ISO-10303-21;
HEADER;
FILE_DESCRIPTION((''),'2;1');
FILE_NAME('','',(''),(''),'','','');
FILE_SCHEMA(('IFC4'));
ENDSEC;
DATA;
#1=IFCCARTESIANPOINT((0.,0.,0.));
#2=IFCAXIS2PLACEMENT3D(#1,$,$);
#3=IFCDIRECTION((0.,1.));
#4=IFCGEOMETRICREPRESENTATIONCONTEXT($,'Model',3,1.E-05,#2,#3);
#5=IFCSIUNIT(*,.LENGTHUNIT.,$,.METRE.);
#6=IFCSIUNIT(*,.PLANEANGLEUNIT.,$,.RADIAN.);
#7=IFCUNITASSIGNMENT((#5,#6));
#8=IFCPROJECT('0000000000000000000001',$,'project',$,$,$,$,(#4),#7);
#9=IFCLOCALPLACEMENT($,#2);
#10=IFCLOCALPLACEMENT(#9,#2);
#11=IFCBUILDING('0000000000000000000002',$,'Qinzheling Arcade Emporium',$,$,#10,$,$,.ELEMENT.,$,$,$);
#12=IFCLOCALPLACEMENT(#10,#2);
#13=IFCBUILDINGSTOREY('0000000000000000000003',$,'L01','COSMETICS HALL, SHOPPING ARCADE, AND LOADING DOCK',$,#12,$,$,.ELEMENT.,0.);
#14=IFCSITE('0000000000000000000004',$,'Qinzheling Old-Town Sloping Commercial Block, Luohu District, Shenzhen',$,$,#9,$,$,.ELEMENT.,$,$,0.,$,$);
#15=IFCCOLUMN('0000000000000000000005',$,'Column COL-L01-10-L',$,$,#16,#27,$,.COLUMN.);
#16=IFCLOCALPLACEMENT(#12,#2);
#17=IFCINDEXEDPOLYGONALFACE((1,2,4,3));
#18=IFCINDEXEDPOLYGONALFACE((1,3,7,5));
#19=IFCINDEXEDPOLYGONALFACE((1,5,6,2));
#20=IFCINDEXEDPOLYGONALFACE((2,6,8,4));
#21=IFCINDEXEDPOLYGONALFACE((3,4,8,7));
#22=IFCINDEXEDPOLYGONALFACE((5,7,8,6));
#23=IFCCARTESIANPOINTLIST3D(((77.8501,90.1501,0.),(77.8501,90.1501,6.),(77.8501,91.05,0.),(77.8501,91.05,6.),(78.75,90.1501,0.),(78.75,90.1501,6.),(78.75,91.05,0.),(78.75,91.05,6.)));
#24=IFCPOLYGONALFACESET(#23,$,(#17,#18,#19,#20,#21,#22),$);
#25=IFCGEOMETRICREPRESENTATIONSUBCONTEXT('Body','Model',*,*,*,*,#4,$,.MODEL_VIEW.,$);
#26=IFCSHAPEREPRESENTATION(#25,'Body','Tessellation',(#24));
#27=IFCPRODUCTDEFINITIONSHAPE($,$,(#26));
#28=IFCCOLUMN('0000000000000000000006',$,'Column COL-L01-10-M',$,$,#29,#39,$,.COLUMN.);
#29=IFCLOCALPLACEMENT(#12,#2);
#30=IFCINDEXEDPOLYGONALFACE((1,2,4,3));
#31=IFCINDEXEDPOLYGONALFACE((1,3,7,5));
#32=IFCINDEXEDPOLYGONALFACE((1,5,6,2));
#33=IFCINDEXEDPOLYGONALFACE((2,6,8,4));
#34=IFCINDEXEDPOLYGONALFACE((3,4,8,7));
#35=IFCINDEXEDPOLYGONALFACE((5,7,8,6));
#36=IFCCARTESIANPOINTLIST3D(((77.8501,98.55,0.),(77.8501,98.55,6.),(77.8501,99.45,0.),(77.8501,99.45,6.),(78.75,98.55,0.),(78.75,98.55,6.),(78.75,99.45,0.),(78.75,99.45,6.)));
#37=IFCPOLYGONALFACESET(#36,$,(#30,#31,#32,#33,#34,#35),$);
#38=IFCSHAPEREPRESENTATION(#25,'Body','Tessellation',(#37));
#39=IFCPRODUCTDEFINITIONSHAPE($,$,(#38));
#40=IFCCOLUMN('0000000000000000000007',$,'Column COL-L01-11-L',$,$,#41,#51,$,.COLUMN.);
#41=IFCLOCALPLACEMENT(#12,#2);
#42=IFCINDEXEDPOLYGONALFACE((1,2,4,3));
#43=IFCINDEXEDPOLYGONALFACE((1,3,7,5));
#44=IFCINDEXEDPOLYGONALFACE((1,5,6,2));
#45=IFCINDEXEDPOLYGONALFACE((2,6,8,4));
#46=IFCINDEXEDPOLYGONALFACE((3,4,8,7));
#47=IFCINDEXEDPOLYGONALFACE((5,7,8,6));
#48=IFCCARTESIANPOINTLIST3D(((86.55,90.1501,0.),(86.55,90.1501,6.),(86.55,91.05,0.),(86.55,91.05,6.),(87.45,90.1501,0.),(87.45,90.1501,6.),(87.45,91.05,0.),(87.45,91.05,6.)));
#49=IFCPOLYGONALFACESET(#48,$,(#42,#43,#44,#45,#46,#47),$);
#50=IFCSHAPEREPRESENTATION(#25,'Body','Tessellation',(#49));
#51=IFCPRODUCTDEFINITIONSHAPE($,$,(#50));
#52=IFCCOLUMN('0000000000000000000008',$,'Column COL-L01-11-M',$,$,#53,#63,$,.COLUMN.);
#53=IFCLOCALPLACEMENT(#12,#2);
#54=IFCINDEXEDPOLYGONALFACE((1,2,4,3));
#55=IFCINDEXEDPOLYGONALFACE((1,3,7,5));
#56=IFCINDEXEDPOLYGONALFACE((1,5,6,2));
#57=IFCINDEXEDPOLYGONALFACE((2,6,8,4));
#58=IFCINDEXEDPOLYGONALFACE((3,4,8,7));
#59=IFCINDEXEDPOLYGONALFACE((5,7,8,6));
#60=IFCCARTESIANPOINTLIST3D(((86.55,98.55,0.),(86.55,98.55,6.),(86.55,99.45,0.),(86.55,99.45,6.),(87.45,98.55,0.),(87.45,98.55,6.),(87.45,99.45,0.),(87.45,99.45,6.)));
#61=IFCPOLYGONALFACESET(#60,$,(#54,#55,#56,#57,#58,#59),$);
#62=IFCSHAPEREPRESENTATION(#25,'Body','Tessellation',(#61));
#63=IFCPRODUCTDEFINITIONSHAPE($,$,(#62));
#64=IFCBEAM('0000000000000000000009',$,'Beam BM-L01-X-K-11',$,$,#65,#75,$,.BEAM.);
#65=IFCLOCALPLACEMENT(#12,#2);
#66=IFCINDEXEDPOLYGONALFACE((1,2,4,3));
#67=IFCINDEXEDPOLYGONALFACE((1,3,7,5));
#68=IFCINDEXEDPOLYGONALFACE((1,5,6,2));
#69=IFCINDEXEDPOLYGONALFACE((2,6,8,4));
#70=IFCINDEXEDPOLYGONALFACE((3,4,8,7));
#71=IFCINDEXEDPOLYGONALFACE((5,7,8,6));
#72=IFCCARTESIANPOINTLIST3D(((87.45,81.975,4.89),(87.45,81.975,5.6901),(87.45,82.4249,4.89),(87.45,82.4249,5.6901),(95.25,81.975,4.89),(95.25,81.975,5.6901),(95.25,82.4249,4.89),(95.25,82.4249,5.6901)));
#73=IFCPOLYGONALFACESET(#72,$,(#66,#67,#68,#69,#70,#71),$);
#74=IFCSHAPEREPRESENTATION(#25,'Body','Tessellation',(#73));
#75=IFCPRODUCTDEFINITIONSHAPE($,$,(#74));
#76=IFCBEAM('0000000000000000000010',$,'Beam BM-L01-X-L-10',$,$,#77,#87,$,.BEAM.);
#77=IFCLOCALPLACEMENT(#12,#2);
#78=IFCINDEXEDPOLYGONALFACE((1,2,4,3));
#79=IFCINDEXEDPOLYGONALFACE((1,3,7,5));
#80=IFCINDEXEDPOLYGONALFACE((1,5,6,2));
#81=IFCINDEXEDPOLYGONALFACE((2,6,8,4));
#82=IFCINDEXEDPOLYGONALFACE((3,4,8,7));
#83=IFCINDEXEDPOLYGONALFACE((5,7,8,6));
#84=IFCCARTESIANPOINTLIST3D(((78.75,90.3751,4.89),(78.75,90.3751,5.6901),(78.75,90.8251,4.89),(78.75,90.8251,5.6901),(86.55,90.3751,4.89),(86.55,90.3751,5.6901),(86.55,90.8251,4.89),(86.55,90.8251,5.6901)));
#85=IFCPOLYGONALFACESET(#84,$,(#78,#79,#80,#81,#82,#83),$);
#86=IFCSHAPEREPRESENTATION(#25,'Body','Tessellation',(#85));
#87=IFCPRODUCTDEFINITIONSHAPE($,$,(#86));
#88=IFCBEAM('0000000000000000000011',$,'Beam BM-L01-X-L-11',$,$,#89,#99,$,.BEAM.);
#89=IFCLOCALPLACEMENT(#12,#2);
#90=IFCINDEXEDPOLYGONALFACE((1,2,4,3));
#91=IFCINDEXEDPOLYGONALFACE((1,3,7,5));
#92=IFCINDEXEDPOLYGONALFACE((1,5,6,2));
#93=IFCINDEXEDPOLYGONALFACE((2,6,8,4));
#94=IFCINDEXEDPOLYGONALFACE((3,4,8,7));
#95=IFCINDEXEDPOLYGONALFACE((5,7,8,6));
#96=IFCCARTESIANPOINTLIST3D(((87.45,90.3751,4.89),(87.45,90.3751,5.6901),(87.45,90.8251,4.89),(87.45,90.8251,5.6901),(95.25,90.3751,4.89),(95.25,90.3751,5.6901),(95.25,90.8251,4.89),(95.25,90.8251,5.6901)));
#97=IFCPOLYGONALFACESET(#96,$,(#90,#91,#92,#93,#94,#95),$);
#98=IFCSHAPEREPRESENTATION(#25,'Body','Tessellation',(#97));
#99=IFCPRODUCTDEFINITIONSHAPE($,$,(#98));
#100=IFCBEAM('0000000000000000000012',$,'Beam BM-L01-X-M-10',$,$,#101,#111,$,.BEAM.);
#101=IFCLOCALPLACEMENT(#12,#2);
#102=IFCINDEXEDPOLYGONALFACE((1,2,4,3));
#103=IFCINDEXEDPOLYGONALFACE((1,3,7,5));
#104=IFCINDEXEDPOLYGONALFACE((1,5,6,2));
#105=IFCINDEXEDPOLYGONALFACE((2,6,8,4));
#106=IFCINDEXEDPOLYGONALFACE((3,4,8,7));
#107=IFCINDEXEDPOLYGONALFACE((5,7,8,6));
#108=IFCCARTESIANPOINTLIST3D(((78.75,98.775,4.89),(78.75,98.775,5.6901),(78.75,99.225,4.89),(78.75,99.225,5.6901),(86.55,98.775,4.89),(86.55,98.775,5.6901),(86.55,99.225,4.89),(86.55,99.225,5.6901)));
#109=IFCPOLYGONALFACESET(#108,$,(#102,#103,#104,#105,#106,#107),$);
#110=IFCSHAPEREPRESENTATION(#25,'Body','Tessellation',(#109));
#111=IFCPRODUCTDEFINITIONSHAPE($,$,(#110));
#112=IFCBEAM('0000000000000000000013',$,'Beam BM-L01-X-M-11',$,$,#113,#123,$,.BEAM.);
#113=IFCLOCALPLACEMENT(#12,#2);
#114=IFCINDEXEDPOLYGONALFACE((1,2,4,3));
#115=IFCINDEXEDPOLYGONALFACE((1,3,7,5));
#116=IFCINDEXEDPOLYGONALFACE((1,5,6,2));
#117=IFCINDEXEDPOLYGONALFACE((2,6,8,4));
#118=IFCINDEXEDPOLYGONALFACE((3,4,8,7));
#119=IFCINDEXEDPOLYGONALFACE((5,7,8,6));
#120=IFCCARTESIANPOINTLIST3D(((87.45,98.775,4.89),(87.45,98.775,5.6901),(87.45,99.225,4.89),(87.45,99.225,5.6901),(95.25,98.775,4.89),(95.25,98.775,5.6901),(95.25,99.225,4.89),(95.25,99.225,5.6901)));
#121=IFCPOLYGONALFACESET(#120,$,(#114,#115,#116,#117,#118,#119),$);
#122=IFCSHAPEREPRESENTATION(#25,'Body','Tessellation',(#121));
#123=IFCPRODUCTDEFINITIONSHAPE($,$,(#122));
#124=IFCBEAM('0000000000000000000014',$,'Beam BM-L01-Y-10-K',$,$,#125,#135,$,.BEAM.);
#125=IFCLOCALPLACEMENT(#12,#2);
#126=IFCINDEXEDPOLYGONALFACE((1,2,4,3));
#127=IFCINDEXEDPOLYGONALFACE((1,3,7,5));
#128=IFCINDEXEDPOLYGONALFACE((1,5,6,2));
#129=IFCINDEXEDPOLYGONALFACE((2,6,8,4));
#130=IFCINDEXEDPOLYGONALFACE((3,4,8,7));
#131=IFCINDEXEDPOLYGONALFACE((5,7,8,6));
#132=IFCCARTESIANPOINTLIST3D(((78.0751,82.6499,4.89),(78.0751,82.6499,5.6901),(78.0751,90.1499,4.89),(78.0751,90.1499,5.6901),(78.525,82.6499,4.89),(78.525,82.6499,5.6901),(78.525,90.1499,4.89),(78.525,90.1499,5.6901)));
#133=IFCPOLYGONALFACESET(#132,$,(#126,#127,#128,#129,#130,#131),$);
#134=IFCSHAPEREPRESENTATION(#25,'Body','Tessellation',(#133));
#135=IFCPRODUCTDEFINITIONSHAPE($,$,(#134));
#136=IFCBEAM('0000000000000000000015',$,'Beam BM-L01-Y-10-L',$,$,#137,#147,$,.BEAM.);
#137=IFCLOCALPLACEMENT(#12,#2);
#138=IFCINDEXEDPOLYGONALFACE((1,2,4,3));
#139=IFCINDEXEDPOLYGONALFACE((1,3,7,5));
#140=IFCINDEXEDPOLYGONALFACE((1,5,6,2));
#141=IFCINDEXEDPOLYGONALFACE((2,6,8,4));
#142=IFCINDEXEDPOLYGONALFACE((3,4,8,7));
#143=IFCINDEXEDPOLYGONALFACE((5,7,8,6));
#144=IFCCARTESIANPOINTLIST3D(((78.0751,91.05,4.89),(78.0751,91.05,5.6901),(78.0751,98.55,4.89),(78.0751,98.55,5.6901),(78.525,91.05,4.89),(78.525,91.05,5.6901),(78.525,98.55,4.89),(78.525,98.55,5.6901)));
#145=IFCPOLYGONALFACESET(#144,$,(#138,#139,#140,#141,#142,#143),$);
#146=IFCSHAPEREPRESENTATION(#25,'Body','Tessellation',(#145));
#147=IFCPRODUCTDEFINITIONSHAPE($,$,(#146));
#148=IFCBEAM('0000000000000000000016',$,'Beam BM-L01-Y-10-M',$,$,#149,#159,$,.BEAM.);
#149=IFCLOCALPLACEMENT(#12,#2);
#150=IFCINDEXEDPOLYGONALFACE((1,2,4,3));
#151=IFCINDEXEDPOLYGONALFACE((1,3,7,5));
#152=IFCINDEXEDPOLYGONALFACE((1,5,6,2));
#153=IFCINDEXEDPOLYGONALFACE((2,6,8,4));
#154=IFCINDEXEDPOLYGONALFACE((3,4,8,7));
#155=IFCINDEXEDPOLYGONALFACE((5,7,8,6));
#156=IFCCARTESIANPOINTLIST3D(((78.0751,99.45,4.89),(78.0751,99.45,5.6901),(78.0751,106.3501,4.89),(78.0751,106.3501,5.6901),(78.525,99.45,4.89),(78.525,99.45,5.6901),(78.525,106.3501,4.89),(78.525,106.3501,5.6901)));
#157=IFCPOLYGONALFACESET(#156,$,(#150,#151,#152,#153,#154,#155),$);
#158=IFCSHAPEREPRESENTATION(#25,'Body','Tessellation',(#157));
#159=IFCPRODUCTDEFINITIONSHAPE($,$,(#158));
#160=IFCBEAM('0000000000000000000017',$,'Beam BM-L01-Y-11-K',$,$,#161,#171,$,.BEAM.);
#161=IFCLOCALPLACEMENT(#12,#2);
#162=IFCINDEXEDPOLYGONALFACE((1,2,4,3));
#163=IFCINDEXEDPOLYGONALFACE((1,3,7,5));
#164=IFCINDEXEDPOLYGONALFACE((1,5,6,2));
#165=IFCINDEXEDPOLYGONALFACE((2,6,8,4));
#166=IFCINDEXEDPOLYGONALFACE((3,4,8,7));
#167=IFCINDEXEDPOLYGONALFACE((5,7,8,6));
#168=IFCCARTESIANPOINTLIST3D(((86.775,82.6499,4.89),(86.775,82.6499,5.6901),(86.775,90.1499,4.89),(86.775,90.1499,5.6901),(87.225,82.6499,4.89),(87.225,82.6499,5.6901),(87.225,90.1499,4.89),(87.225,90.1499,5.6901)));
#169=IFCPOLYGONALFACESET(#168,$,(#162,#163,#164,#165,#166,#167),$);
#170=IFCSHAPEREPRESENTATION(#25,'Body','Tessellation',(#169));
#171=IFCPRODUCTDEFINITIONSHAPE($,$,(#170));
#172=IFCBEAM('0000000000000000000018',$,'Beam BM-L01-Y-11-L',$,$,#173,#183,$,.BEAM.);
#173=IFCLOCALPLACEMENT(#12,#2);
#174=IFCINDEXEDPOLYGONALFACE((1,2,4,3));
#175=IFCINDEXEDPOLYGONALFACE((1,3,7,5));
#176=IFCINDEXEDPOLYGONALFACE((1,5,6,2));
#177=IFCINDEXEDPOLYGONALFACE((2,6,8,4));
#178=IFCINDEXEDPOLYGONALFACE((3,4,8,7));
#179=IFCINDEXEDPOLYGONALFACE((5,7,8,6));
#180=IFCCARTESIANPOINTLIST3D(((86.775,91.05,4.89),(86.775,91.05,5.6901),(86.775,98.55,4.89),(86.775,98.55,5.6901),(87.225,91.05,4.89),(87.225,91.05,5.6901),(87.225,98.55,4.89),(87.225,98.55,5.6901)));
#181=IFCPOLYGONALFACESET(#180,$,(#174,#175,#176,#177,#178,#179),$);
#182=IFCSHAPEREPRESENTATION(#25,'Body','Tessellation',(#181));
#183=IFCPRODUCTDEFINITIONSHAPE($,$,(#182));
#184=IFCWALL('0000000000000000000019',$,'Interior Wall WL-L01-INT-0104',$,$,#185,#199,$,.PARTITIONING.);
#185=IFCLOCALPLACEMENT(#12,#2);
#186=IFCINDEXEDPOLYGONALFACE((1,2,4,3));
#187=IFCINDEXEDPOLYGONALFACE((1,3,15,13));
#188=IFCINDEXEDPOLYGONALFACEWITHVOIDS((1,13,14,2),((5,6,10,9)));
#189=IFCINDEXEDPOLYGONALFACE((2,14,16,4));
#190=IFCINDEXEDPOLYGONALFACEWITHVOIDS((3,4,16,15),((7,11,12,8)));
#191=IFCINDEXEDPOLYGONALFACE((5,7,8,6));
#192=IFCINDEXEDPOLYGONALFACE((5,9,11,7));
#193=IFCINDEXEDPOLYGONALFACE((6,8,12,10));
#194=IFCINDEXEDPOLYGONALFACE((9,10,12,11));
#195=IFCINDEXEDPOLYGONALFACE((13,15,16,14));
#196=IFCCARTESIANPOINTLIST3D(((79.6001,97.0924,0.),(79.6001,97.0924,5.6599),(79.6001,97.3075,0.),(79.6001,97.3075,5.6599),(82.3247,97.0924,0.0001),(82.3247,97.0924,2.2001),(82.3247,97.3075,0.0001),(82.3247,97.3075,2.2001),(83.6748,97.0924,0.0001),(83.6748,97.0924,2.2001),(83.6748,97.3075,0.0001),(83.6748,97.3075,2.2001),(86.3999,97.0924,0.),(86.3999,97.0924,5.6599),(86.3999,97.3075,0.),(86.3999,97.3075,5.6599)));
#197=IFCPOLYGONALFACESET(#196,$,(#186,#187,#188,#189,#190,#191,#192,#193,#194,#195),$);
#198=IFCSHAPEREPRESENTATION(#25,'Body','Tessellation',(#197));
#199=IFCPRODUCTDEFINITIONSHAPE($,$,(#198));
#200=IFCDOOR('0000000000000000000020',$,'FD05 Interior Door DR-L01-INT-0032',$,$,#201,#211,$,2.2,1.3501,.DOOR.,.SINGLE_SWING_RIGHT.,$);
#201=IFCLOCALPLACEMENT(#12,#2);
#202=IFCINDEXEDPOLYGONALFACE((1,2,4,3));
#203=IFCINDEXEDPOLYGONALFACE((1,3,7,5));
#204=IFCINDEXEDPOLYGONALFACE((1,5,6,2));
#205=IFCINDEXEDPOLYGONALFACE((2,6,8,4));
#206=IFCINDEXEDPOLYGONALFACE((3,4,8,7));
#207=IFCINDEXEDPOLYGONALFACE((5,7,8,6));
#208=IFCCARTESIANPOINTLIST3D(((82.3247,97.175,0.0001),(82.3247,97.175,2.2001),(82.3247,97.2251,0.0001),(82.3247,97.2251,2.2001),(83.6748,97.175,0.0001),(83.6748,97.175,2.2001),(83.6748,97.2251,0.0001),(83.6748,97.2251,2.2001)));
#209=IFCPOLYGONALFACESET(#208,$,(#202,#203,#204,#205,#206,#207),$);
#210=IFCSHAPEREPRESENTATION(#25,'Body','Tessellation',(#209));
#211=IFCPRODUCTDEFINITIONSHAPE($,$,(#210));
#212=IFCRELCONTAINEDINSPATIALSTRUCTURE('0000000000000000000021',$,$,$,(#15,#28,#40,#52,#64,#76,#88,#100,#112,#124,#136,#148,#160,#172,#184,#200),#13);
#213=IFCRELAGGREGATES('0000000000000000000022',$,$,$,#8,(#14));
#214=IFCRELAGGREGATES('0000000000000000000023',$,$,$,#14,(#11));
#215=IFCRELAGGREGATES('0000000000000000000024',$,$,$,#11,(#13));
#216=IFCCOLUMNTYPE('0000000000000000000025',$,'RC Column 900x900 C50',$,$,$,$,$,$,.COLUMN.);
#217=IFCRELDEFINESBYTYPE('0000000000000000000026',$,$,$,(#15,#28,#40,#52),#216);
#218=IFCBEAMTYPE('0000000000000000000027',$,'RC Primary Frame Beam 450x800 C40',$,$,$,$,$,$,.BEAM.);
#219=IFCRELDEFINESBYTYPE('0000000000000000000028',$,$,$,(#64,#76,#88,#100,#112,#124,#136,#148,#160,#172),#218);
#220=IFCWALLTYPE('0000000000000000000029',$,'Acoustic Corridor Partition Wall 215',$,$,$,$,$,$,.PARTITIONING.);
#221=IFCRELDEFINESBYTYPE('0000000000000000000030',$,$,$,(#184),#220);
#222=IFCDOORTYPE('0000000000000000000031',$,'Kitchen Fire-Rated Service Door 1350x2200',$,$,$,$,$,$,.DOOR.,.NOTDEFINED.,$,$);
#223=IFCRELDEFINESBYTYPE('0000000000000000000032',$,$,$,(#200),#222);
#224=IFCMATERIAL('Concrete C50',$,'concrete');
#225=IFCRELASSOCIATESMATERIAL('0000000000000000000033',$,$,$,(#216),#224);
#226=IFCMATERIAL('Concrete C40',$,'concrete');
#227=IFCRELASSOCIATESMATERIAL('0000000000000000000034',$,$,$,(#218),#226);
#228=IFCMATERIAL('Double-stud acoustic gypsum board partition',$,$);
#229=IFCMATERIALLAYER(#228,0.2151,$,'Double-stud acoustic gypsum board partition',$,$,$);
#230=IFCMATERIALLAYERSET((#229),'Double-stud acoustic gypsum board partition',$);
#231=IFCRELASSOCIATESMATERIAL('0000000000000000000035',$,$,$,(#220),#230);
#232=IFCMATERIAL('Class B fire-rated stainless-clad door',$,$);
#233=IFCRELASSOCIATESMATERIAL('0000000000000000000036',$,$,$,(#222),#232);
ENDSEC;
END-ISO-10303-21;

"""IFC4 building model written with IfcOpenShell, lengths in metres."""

from ifc_helpers import new_model, si_unit, direction, frame, frame_2d, origin, origin_2d, place, context, subcontext, project, spatial, rectangle, extrude, material, layer, layer_set, material_profile, profile_set, type_object, element, fill, save


model = new_model("IFC4")

# Units and contexts
model_context = context("Model", 3, precision=1e-05, world=origin(), true_north=direction((0.0, 1.0)))
body_context = subcontext(model_context, "Body", "Model", "MODEL_VIEW")
ifc_project = project(units=[si_unit("LENGTHUNIT", "METRE"), si_unit("PLANEANGLEUNIT", "RADIAN")], contexts=[model_context])

# Site, building, storey
site_placement = place(None, origin())
site = spatial("IfcSite", under=ifc_project, at=site_placement, Name="Qinzheling Old-Town Sloping Commercial Block, Luohu District, Shenzhen", CompositionType="ELEMENT", RefElevation=0.0)
building_placement = place(site_placement, origin())
building = spatial("IfcBuilding", under=site, at=building_placement, Name="Qinzheling Arcade Emporium", CompositionType="ELEMENT")
storey_placement = place(building_placement, origin())
storey = spatial("IfcBuildingStorey", under=building, at=storey_placement, Name="L01", Description="COSMETICS HALL, SHOPPING ARCADE, AND LOADING DOCK", CompositionType="ELEMENT", Elevation=0.0)

# Columns
ifc_material_1 = material(Name="Concrete C50", Category="concrete")
ifc_material_profile_1 = material_profile(ifc_material_1, rectangle(XDim=0.8999, YDim=0.8999, at=origin_2d()), Name="RC 900x900", Category="concrete")
ifc_profile_set_1 = profile_set([ifc_material_profile_1], Name="Concrete C50")
column_type = type_object("IfcColumnType", Name="RC Column 900x900 C50", PredefinedType="COLUMN", material=ifc_profile_set_1)
for number, where, z_axis, x_axis, name in (
    (1, (78.3, 90.6001, 0.0), (0.0, 0.0, 1.0), (1.0, 0.0, 0.0), "Column COL-L01-10-L"),
    (2, (78.3, 99.0, 0.0), (0.0, 0.0, 1.0), (1.0, 0.0, 0.0), "Column COL-L01-10-M"),
    (3, (87.0, 90.6001, 0.0), (0.0, 0.0, 1.0), (1.0, 0.0, 0.0), "Column COL-L01-11-L"),
    (4, (87.0, 99.0, 0.0), (0.0, 0.0, 1.0), (1.0, 0.0, 0.0), "Column COL-L01-11-M"),
):
    element("IfcColumn", number, at=place(storey_placement, frame(where, z_axis=z_axis, x_axis=x_axis)), inside=storey, type_object=column_type, Name=name, PredefinedType="COLUMN", context=body_context, shape_type="SweptSolid", body=[
        extrude(rectangle(XDim=0.8999, YDim=0.8999, at=origin_2d()), origin(), (0.0, 0.0, 1.0), 6.0),
    ])

# Beams
ifc_material_2 = material(Name="Concrete C40", Category="concrete")
ifc_material_profile_2 = material_profile(ifc_material_2, rectangle(XDim=0.45, YDim=0.8, at=origin_2d()), Name="RC 450x800", Category="concrete")
ifc_profile_set_2 = profile_set([ifc_material_profile_2], Name="Concrete C40")
beam_type = type_object("IfcBeamType", Name="RC Primary Frame Beam 450x800 C40", PredefinedType="BEAM", material=ifc_profile_set_2)
for number, where, z_axis, x_axis, name in (
    (5, (87.45, 82.2, 5.29), (1.0, 0.0, 0.0), (0.0, 1.0, 0.0), "Beam BM-L01-X-K-11"),
    (6, (78.75, 90.6001, 5.29), (1.0, 0.0, 0.0), (0.0, 1.0, 0.0), "Beam BM-L01-X-L-10"),
    (7, (87.45, 90.6001, 5.29), (1.0, 0.0, 0.0), (0.0, 1.0, 0.0), "Beam BM-L01-X-L-11"),
    (8, (78.75, 99.0, 5.29), (1.0, 0.0, 0.0), (0.0, 1.0, 0.0), "Beam BM-L01-X-M-10"),
    (9, (87.45, 99.0, 5.29), (1.0, 0.0, 0.0), (0.0, 1.0, 0.0), "Beam BM-L01-X-M-11"),
):
    element("IfcBeam", number, at=place(storey_placement, frame(where, z_axis=z_axis, x_axis=x_axis)), inside=storey, type_object=beam_type, Name=name, PredefinedType="BEAM", context=body_context, shape_type="SweptSolid", body=[
        extrude(rectangle(XDim=0.45, YDim=0.8, at=origin_2d()), origin(), (0.0, 0.0, 1.0), 7.8),
    ])
for number, where, z_axis, x_axis, name in (
    (10, (78.3, 82.6499, 5.29), (0.0, 1.0, 0.0), (-1.0, 0.0, 0.0), "Beam BM-L01-Y-10-K"),
    (11, (78.3, 91.05, 5.29), (0.0, 1.0, 0.0), (-1.0, 0.0, 0.0), "Beam BM-L01-Y-10-L"),
):
    element("IfcBeam", number, at=place(storey_placement, frame(where, z_axis=z_axis, x_axis=x_axis)), inside=storey, type_object=beam_type, Name=name, PredefinedType="BEAM", context=body_context, shape_type="SweptSolid", body=[
        extrude(rectangle(XDim=0.45, YDim=0.8, at=origin_2d()), origin(), (0.0, 0.0, 1.0), 7.5),
    ])
beam_placement = place(storey_placement, frame((78.3, 99.45, 5.29), z_axis=(0.0, 1.0, 0.0), x_axis=(-1.0, 0.0, 0.0)))
element("IfcBeam", 12, at=beam_placement, inside=storey, type_object=beam_type, Name="Beam BM-L01-Y-10-M", PredefinedType="BEAM", context=body_context, shape_type="SweptSolid", body=[
    extrude(rectangle(XDim=0.45, YDim=0.8, at=origin_2d()), origin(), (0.0, 0.0, 1.0), 6.9001),
])
for number, where, z_axis, x_axis, name in (
    (13, (87.0, 82.6499, 5.29), (0.0, 1.0, 0.0), (-1.0, 0.0, 0.0), "Beam BM-L01-Y-11-K"),
    (14, (87.0, 91.05, 5.29), (0.0, 1.0, 0.0), (-1.0, 0.0, 0.0), "Beam BM-L01-Y-11-L"),
):
    element("IfcBeam", number, at=place(storey_placement, frame(where, z_axis=z_axis, x_axis=x_axis)), inside=storey, type_object=beam_type, Name=name, PredefinedType="BEAM", context=body_context, shape_type="SweptSolid", body=[
        extrude(rectangle(XDim=0.45, YDim=0.8, at=origin_2d()), origin(), (0.0, 0.0, 1.0), 7.5),
    ])

# Wall, opening, door
ifc_material_3 = material(Name="Double-stud acoustic gypsum board partition")
ifc_layer_1 = layer(ifc_material_3, 0.2151, Name="Double-stud acoustic gypsum board partition")
ifc_layer_set_1 = layer_set([ifc_layer_1], Name="Double-stud acoustic gypsum board partition")
wall_type_1 = type_object("IfcWallType", Name="Acoustic Corridor Partition Wall 215", PredefinedType="PARTITIONING", material=ifc_layer_set_1)
wall_1_placement = place(storey_placement, frame((86.3999, 97.2, 0.0), z_axis=(0.0, 0.0, 1.0), x_axis=(-1.0, 0.0, 0.0)))
wall_1 = element("IfcWall", 15, at=wall_1_placement, inside=storey, type_object=wall_type_1, Name="Interior Wall WL-L01-INT-0104", PredefinedType="PARTITIONING", context=body_context, shape_type="SweptSolid", body=[
    extrude(rectangle(XDim=6.7998, YDim=0.2151, at=frame_2d((3.3999, 0.0))), origin(), (0.0, 0.0, 1.0), 5.6599),
])
opening_1_placement = place(wall_1_placement, frame((2.7251, 0.0, 0.0)))
opening_1 = element("IfcOpeningElement", 16, at=opening_1_placement, cuts=wall_1, PredefinedType="OPENING", context=body_context, shape_type="SweptSolid", body=[
    extrude(rectangle(XDim=1.3501, YDim=2.2, at=frame_2d((0.675, 1.1001))), frame((0.0, 0.1177, 0.0), z_axis=(0.0, -1.0, 0.0), x_axis=(1.0, 0.0, 0.0)), (0.0, 0.0, 1.0), 0.2351),
])
ifc_material_4 = material(Name="Class B fire-rated stainless-clad door")
door_type_1 = type_object("IfcDoorType", Name="Kitchen Fire-Rated Service Door 1350x2200", OperationType="NOTDEFINED", PredefinedType="DOOR", material=ifc_material_4)
door_1_placement = place(opening_1_placement, origin())
door_1 = element("IfcDoor", 17, at=door_1_placement, inside=storey, type_object=door_type_1, Name="FD05 Interior Door DR-L01-INT-0032", OperationType="SINGLE_SWING_RIGHT", OverallHeight=2.2, OverallWidth=1.3501, PredefinedType="DOOR", context=body_context, shape_type="SweptSolid", body=[
    extrude(rectangle(XDim=1.3501, YDim=2.2, at=frame_2d((0.675, 1.1001))), frame((0.0, 0.0249, 0.0), z_axis=(0.0, -1.0, 0.0), x_axis=(1.0, 0.0, 0.0)), (0.0, 0.0, 1.0), 0.05),
])
fill(opening_1, door_1)

save(model, "model.ifc")
